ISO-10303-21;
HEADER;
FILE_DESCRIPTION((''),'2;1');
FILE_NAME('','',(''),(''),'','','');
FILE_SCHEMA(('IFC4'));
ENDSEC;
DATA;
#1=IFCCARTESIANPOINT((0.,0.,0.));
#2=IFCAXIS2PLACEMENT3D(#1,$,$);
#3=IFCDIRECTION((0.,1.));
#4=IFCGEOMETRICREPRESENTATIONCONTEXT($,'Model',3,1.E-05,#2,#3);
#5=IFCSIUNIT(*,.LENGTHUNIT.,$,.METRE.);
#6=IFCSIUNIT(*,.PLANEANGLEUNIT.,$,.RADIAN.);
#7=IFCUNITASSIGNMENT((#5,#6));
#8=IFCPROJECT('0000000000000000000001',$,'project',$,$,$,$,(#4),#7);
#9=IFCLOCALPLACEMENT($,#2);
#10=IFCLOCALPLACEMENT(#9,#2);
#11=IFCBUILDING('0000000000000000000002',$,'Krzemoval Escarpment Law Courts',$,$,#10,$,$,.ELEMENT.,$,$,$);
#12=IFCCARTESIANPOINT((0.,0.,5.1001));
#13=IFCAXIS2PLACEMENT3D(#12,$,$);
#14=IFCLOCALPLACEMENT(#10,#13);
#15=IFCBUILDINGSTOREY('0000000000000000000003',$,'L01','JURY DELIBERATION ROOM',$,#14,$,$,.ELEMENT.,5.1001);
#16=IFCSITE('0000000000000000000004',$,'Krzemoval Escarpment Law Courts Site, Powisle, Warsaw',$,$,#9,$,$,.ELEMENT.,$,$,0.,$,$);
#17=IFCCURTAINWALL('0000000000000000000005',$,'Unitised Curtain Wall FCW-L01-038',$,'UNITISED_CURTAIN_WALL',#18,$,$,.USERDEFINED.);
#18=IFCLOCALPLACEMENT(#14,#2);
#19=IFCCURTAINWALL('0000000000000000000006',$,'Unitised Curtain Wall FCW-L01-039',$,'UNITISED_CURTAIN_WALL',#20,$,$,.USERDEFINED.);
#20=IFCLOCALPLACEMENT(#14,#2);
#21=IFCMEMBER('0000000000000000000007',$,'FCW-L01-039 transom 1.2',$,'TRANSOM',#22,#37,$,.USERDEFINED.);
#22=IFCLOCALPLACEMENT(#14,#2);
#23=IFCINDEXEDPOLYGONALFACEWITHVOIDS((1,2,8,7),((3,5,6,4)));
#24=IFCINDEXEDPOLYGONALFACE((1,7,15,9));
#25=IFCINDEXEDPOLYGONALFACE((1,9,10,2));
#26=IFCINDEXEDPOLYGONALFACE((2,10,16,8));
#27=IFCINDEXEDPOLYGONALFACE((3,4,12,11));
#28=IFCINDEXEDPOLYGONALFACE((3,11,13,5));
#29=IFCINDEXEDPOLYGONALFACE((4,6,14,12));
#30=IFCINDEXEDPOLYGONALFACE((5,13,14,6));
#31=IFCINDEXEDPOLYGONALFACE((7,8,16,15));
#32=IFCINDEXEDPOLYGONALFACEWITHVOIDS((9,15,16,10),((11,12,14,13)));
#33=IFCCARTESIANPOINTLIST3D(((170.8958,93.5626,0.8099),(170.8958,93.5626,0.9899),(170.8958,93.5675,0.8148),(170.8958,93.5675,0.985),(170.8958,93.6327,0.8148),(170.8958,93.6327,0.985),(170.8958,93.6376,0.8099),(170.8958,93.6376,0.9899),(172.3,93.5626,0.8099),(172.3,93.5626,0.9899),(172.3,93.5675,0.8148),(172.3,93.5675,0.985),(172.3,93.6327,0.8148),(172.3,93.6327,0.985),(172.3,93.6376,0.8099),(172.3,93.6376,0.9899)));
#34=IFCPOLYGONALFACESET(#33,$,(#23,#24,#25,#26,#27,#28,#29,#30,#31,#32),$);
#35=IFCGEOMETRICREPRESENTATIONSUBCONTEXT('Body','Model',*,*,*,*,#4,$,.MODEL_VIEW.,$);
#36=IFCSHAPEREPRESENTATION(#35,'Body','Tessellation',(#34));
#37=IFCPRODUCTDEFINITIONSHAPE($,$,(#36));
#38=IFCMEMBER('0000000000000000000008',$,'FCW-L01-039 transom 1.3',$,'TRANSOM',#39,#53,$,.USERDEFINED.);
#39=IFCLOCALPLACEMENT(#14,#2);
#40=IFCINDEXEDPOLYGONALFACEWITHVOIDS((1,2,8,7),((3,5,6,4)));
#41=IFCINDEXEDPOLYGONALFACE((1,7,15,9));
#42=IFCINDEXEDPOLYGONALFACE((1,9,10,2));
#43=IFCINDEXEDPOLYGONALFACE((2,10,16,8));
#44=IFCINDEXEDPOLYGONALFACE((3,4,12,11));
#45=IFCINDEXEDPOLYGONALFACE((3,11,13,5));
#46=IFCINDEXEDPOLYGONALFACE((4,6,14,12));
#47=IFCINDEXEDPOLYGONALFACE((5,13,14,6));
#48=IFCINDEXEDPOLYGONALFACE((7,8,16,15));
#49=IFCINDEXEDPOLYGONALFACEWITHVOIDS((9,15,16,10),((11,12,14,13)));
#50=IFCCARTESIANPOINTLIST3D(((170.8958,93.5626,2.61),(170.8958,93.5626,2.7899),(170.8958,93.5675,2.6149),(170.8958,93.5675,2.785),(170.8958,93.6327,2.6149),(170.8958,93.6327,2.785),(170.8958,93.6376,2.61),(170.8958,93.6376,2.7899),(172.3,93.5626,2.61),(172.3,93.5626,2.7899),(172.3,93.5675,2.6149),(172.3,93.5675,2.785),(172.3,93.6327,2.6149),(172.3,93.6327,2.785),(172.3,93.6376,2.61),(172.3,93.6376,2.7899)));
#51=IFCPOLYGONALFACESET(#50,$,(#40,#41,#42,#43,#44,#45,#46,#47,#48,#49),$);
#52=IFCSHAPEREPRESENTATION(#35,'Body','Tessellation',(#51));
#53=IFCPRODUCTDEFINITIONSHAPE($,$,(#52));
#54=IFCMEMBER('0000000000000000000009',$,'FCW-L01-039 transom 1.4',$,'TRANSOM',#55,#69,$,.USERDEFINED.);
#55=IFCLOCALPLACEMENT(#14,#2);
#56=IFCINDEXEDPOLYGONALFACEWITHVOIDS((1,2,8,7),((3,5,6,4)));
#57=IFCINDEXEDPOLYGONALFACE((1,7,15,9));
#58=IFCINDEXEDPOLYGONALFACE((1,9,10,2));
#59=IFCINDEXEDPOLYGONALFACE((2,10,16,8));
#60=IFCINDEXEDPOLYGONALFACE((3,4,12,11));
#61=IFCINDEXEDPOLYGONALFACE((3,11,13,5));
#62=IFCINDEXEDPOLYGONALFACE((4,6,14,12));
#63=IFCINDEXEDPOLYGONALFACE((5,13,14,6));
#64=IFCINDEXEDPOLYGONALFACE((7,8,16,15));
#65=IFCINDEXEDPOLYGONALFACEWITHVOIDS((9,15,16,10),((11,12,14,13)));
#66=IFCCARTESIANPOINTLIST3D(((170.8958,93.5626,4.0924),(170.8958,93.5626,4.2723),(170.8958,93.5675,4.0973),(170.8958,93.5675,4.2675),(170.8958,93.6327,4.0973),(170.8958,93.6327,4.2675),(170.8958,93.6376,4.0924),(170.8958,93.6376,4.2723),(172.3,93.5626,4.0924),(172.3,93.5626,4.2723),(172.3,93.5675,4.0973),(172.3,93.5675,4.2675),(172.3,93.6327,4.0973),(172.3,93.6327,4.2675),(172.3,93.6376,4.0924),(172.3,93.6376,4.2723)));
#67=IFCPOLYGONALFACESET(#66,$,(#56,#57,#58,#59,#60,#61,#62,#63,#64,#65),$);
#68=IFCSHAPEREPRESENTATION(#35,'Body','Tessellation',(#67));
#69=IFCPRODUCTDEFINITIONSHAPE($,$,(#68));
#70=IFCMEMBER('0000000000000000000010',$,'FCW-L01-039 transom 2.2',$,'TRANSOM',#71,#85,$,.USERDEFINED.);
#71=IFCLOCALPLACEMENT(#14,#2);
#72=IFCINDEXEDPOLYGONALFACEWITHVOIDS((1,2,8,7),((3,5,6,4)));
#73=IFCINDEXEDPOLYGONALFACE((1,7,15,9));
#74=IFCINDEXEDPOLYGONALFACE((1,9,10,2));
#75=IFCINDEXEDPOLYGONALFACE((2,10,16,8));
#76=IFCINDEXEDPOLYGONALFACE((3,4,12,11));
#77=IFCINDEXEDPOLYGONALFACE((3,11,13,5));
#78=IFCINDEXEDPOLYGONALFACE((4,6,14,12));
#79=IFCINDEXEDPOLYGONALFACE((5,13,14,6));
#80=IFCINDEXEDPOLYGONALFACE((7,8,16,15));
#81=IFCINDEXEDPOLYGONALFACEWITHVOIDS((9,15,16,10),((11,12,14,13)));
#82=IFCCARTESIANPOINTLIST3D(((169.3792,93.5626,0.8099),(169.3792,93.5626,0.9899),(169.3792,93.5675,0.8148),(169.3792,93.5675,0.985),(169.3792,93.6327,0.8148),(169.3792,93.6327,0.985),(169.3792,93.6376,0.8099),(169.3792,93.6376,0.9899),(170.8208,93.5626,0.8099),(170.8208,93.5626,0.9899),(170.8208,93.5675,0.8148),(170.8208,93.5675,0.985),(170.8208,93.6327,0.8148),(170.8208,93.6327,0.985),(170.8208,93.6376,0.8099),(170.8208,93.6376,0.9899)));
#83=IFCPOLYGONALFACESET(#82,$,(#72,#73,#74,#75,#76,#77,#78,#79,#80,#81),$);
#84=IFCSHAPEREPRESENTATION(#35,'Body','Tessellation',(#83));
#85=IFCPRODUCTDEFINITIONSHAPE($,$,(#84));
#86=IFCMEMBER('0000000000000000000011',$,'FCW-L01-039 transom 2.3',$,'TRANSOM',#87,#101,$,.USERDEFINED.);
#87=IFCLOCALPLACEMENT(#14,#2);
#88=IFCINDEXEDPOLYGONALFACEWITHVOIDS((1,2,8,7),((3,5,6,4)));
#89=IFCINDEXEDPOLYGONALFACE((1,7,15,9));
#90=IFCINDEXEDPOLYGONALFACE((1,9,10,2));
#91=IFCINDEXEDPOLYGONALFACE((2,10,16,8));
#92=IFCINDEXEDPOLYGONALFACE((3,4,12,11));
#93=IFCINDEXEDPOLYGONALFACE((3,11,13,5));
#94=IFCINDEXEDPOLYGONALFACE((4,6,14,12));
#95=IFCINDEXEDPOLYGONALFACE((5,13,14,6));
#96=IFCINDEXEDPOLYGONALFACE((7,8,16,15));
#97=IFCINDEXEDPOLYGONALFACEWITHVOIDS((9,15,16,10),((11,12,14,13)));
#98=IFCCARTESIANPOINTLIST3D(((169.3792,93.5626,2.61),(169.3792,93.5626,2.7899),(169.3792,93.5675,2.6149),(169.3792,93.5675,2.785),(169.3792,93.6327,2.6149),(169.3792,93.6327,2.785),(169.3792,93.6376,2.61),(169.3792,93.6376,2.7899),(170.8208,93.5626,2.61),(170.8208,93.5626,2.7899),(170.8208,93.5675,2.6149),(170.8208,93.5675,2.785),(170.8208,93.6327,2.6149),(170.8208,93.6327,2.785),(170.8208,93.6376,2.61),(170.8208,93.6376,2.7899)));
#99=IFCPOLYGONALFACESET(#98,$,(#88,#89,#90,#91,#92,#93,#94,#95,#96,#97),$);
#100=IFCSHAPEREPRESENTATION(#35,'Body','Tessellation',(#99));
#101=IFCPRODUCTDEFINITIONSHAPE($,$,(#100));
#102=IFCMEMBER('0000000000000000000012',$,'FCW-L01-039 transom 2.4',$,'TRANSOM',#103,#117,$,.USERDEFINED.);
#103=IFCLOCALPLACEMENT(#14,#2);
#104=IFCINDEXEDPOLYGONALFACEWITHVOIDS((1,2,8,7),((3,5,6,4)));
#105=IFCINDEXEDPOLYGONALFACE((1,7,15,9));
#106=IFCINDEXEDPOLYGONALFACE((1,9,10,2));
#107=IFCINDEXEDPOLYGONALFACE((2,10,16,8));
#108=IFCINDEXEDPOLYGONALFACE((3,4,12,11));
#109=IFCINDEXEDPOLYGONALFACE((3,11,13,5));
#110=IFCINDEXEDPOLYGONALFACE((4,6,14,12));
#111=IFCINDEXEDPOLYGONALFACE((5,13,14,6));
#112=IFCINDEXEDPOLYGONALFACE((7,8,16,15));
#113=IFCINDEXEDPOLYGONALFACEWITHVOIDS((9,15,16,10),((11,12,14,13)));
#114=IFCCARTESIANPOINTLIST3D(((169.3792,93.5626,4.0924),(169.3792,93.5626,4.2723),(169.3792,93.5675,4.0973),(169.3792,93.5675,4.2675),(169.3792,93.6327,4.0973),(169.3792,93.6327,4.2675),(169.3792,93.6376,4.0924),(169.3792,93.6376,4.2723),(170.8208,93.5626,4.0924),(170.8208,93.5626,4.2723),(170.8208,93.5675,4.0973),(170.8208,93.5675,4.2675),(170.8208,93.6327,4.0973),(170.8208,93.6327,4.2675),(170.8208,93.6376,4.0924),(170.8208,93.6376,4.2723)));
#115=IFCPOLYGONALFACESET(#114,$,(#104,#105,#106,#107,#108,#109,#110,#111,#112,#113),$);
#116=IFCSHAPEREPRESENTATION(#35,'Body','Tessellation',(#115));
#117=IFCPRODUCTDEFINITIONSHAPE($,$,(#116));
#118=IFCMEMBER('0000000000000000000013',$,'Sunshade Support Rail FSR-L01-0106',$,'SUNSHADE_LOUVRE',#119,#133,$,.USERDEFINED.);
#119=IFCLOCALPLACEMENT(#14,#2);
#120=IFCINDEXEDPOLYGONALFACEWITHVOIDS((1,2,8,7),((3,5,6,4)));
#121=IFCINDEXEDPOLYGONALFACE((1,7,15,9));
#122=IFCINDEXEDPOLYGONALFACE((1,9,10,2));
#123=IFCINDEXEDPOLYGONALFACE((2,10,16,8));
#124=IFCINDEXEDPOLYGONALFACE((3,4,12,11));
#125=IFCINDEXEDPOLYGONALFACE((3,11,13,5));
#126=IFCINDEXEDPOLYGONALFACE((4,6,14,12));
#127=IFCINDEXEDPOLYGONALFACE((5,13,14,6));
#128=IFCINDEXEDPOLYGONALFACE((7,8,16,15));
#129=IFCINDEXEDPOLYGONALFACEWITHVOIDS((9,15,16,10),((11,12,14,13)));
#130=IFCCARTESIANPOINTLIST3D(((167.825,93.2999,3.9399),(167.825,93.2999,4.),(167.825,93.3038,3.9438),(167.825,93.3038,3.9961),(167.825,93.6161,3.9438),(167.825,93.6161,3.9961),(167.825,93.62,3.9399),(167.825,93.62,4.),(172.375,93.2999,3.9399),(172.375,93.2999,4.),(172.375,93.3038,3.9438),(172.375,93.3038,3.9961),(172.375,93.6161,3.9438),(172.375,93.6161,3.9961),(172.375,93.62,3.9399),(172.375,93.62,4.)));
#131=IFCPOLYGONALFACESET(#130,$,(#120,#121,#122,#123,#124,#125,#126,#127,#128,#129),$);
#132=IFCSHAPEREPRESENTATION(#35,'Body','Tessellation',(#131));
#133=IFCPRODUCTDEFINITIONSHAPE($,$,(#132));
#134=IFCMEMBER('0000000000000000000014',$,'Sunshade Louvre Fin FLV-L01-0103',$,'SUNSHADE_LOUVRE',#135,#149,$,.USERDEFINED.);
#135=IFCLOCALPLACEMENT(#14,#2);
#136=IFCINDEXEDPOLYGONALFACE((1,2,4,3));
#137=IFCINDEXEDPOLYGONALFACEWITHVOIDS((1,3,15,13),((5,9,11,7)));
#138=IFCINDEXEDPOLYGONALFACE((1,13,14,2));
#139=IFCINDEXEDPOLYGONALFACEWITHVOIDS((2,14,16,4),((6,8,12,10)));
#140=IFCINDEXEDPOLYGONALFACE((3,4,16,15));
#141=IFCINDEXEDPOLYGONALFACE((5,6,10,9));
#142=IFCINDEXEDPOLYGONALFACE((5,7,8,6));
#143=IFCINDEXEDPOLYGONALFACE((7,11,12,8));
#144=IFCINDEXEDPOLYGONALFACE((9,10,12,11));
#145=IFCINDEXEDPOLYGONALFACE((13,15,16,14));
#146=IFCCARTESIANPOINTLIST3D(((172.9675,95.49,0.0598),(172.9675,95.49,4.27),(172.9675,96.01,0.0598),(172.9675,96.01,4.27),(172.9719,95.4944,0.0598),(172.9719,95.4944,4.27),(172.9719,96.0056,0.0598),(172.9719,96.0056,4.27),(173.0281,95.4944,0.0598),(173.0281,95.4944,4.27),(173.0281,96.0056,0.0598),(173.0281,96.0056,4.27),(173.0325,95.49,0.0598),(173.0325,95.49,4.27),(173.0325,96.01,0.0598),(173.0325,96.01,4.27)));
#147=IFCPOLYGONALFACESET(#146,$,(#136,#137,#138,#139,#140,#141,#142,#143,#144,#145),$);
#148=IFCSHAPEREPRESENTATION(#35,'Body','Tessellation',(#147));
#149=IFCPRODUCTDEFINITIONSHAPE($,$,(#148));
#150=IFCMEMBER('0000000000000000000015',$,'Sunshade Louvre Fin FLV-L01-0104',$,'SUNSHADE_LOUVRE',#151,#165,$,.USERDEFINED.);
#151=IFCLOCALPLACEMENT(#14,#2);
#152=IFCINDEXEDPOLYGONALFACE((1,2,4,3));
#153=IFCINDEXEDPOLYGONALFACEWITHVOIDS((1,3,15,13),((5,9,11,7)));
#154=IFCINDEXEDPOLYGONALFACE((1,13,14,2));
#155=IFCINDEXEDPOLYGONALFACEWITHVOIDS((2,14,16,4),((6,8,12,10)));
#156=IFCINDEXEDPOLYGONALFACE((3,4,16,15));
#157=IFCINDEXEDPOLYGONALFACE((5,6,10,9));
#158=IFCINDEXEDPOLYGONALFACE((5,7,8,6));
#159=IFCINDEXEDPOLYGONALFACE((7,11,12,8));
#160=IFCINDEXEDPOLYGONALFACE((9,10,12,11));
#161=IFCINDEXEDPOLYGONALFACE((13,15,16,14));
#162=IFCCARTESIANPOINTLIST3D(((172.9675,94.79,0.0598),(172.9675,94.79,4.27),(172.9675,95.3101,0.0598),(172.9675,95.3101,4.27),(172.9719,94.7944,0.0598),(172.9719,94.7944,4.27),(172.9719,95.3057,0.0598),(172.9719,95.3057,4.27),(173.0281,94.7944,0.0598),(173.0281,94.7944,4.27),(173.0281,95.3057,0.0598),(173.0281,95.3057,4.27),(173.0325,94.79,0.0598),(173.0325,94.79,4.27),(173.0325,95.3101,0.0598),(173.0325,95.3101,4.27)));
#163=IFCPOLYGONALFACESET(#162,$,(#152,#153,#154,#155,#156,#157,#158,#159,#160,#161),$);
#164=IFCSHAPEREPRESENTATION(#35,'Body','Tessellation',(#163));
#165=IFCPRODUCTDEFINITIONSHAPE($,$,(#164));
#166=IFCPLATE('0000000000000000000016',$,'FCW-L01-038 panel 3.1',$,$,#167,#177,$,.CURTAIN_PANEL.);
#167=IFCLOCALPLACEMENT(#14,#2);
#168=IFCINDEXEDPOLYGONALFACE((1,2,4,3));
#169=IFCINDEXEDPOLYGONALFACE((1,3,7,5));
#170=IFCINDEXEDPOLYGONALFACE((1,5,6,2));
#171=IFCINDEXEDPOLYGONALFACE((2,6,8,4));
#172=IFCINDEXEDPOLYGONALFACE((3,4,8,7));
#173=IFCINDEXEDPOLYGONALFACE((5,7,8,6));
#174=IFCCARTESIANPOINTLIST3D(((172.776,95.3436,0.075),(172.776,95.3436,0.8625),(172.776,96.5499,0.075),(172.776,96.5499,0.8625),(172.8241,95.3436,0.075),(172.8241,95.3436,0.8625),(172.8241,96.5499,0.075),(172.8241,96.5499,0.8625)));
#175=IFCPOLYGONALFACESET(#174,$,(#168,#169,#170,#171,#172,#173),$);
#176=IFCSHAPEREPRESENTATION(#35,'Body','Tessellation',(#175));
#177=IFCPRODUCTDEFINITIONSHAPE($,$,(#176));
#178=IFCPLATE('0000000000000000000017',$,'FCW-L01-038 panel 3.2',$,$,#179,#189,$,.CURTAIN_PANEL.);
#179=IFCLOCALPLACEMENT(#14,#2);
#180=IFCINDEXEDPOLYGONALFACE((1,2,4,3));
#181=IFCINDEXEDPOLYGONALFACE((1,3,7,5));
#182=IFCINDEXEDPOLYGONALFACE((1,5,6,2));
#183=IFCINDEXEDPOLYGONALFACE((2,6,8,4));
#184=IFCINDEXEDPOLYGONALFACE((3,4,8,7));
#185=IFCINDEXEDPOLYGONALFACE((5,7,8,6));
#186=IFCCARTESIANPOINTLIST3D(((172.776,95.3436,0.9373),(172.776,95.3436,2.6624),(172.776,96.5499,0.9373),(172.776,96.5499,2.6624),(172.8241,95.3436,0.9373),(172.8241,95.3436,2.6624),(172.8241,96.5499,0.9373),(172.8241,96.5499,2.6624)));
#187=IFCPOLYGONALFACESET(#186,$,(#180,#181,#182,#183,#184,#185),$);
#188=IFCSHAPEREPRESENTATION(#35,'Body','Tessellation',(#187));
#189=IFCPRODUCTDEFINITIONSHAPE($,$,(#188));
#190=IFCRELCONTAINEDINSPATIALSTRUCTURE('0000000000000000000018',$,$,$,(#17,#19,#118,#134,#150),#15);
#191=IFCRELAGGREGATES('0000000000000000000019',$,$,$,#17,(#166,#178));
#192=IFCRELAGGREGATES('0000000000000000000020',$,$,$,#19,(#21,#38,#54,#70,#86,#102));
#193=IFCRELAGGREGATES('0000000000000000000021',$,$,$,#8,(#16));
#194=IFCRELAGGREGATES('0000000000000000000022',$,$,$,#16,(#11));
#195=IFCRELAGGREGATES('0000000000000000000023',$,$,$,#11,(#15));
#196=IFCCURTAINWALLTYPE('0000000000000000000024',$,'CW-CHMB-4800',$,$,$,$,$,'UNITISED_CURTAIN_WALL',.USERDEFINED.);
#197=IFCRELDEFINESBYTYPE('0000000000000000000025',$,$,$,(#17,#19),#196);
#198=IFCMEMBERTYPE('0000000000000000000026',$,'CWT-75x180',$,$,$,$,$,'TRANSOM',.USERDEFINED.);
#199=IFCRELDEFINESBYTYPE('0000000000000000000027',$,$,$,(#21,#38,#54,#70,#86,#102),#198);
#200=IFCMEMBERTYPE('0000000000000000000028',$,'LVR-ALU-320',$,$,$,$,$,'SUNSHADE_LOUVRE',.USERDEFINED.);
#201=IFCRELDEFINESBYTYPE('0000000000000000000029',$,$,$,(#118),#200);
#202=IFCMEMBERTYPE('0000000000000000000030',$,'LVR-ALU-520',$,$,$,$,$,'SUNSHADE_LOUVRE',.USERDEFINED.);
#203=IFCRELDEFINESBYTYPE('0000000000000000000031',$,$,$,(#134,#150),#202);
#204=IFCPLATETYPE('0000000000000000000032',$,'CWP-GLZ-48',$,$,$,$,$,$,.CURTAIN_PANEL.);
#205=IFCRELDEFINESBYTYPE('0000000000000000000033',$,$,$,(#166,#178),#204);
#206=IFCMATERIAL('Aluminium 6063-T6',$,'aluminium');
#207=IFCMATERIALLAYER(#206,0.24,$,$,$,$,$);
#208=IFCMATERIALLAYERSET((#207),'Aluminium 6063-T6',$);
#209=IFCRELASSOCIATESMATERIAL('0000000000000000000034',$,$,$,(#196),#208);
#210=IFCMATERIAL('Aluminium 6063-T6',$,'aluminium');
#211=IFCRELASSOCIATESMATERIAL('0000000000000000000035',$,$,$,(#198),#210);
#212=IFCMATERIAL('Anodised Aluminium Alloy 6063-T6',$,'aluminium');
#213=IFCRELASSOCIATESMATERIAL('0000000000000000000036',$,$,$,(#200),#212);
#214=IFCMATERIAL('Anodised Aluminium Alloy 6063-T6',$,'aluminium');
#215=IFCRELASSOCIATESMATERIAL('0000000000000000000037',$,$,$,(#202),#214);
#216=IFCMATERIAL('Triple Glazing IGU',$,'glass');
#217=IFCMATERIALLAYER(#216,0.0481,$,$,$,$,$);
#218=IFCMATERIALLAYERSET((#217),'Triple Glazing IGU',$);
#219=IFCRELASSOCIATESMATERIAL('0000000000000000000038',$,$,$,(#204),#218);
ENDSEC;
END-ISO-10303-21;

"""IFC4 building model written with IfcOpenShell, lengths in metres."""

from ifc_helpers import new_model, si_unit, direction, frame, origin, origin_2d, place, context, subcontext, project, spatial, rectangle, hollow_rectangle, extrude, material, layer, layer_set, material_profile, profile_set, type_object, element, aggregate, save


model = new_model("IFC4")

# Units and contexts
model_context = context("Model", 3, precision=1e-05, world=origin(), true_north=direction((0.0, 1.0)))
body_context = subcontext(model_context, "Body", "Model", "MODEL_VIEW")
ifc_project = project(units=[si_unit("LENGTHUNIT", "METRE"), si_unit("PLANEANGLEUNIT", "RADIAN")], contexts=[model_context])

# Site, building, storey
site_placement = place(None, origin())
site = spatial("IfcSite", under=ifc_project, at=site_placement, Name="Krzemoval Escarpment Law Courts Site, Powisle, Warsaw", CompositionType="ELEMENT", RefElevation=0.0)
building_placement = place(site_placement, origin())
building = spatial("IfcBuilding", under=site, at=building_placement, Name="Krzemoval Escarpment Law Courts", CompositionType="ELEMENT")
storey_placement = place(building_placement, frame((0.0, 0.0, 5.1001)))
storey = spatial("IfcBuildingStorey", under=building, at=storey_placement, Name="L01", Description="JURY DELIBERATION ROOM", CompositionType="ELEMENT", Elevation=5.1001)

# Curtain walls
ifc_material_1 = material(Name="Aluminium 6063-T6", Category="aluminium")
ifc_layer_1 = layer(ifc_material_1, 0.24)
ifc_layer_set_1 = layer_set([ifc_layer_1], Name="Aluminium 6063-T6")
curtain_wall_type = type_object("IfcCurtainWallType", Name="CW-CHMB-4800", ElementType="UNITISED_CURTAIN_WALL", PredefinedType="USERDEFINED", material=ifc_layer_set_1)
curtain_wall_1_placement = place(storey_placement, origin())
curtain_wall_1 = element("IfcCurtainWall", 1, at=curtain_wall_1_placement, inside=storey, type_object=curtain_wall_type, Name="Unitised Curtain Wall FCW-L01-038", ObjectType="UNITISED_CURTAIN_WALL", PredefinedType="USERDEFINED")
curtain_wall_2_placement = place(storey_placement, origin())
curtain_wall_2 = element("IfcCurtainWall", 2, at=curtain_wall_2_placement, inside=storey, type_object=curtain_wall_type, Name="Unitised Curtain Wall FCW-L01-039", ObjectType="UNITISED_CURTAIN_WALL", PredefinedType="USERDEFINED")

# Members
ifc_material_2 = material(Name="Aluminium 6063-T6", Category="aluminium")
ifc_material_profile_1 = material_profile(ifc_material_2, hollow_rectangle(XDim=0.075, YDim=0.1799, WallThickness=0.0049, at=origin_2d()), Name="ALU T75x180")
ifc_profile_set_1 = profile_set([ifc_material_profile_1], Name="Aluminium 6063-T6")
member_type_1 = type_object("IfcMemberType", Name="CWT-75x180", ElementType="TRANSOM", PredefinedType="USERDEFINED", material=ifc_profile_set_1)
member_1_placement = place(storey_placement, frame((172.3, 93.6001, 0.8999), z_axis=(-1.0, 0.0, 0.0), x_axis=(0.0, -1.0, 0.0)))
member_1 = element("IfcMember", 3, at=member_1_placement, type_object=member_type_1, Name="FCW-L01-039 transom 1.2", ObjectType="TRANSOM", PredefinedType="USERDEFINED", context=body_context, shape_type="SweptSolid", body=[
    extrude(hollow_rectangle(XDim=0.075, YDim=0.1799, WallThickness=0.0049, at=origin_2d()), origin(), (0.0, 0.0, 1.0), 1.4043),
])
member_2_placement = place(storey_placement, frame((172.3, 93.6001, 2.7), z_axis=(-1.0, 0.0, 0.0), x_axis=(0.0, -1.0, 0.0)))
member_2 = element("IfcMember", 4, at=member_2_placement, type_object=member_type_1, Name="FCW-L01-039 transom 1.3", ObjectType="TRANSOM", PredefinedType="USERDEFINED", context=body_context, shape_type="SweptSolid", body=[
    extrude(hollow_rectangle(XDim=0.075, YDim=0.1799, WallThickness=0.0049, at=origin_2d()), origin(), (0.0, 0.0, 1.0), 1.4043),
])
member_3_placement = place(storey_placement, frame((172.3, 93.6001, 4.1824), z_axis=(-1.0, 0.0, 0.0), x_axis=(0.0, -1.0, 0.0)))
member_3 = element("IfcMember", 5, at=member_3_placement, type_object=member_type_1, Name="FCW-L01-039 transom 1.4", ObjectType="TRANSOM", PredefinedType="USERDEFINED", context=body_context, shape_type="SweptSolid", body=[
    extrude(hollow_rectangle(XDim=0.075, YDim=0.1799, WallThickness=0.0049, at=origin_2d()), origin(), (0.0, 0.0, 1.0), 1.4043),
])
member_4_placement = place(storey_placement, frame((170.8208, 93.6001, 0.8999), z_axis=(-1.0, 0.0, 0.0), x_axis=(0.0, -1.0, 0.0)))
member_4 = element("IfcMember", 6, at=member_4_placement, type_object=member_type_1, Name="FCW-L01-039 transom 2.2", ObjectType="TRANSOM", PredefinedType="USERDEFINED", context=body_context, shape_type="SweptSolid", body=[
    extrude(hollow_rectangle(XDim=0.075, YDim=0.1799, WallThickness=0.0049, at=origin_2d()), origin(), (0.0, 0.0, 1.0), 1.4417),
])
member_5_placement = place(storey_placement, frame((170.8208, 93.6001, 2.7), z_axis=(-1.0, 0.0, 0.0), x_axis=(0.0, -1.0, 0.0)))
member_5 = element("IfcMember", 7, at=member_5_placement, type_object=member_type_1, Name="FCW-L01-039 transom 2.3", ObjectType="TRANSOM", PredefinedType="USERDEFINED", context=body_context, shape_type="SweptSolid", body=[
    extrude(hollow_rectangle(XDim=0.075, YDim=0.1799, WallThickness=0.0049, at=origin_2d()), origin(), (0.0, 0.0, 1.0), 1.4417),
])
member_6_placement = place(storey_placement, frame((170.8208, 93.6001, 4.1824), z_axis=(-1.0, 0.0, 0.0), x_axis=(0.0, -1.0, 0.0)))
member_6 = element("IfcMember", 8, at=member_6_placement, type_object=member_type_1, Name="FCW-L01-039 transom 2.4", ObjectType="TRANSOM", PredefinedType="USERDEFINED", context=body_context, shape_type="SweptSolid", body=[
    extrude(hollow_rectangle(XDim=0.075, YDim=0.1799, WallThickness=0.0049, at=origin_2d()), origin(), (0.0, 0.0, 1.0), 1.4417),
])

# Members
ifc_material_3 = material(Name="Anodised Aluminium Alloy 6063-T6", Category="aluminium")
ifc_material_profile_2 = material_profile(ifc_material_3, hollow_rectangle(XDim=0.0601, YDim=0.3201, WallThickness=0.0039, at=origin_2d()), Name="ALU LVR 60x320")
ifc_profile_set_2 = profile_set([ifc_material_profile_2], Name="Anodised Aluminium Alloy 6063-T6")
member_type_2 = type_object("IfcMemberType", Name="LVR-ALU-320", ElementType="SUNSHADE_LOUVRE", PredefinedType="USERDEFINED", material=ifc_profile_set_2)
member_7_placement = place(storey_placement, frame((172.375, 93.46, 3.97), z_axis=(-1.0, 0.0, 0.0), x_axis=(0.0, 0.0, 1.0)))
element("IfcMember", 9, at=member_7_placement, inside=storey, type_object=member_type_2, Name="Sunshade Support Rail FSR-L01-0106", ObjectType="SUNSHADE_LOUVRE", PredefinedType="USERDEFINED", context=body_context, shape_type="SweptSolid", body=[
    extrude(hollow_rectangle(XDim=0.0601, YDim=0.3201, WallThickness=0.0039, at=origin_2d()), origin(), (0.0, 0.0, 1.0), 4.55),
])
ifc_material_4 = material(Name="Anodised Aluminium Alloy 6063-T6", Category="aluminium")
ifc_material_profile_3 = material_profile(ifc_material_4, hollow_rectangle(XDim=0.0649, YDim=0.52, WallThickness=0.0044, at=origin_2d()), Name="ALU LVR 65x520")
ifc_profile_set_3 = profile_set([ifc_material_profile_3], Name="Anodised Aluminium Alloy 6063-T6")
member_type_3 = type_object("IfcMemberType", Name="LVR-ALU-520", ElementType="SUNSHADE_LOUVRE", PredefinedType="USERDEFINED", material=ifc_profile_set_3)
for number, where, z_axis, x_axis, name in (
    (10, (173.0, 95.75, 0.0598), (0.0, 0.0, 1.0), (1.0, 0.0, 0.0), "Sunshade Louvre Fin FLV-L01-0103"),
    (11, (173.0, 95.05, 0.0598), (0.0, 0.0, 1.0), (1.0, 0.0, 0.0), "Sunshade Louvre Fin FLV-L01-0104"),
):
    element("IfcMember", number, at=place(storey_placement, frame(where, z_axis=z_axis, x_axis=x_axis)), inside=storey, type_object=member_type_3, Name=name, ObjectType="SUNSHADE_LOUVRE", PredefinedType="USERDEFINED", context=body_context, shape_type="SweptSolid", body=[
        extrude(hollow_rectangle(XDim=0.0649, YDim=0.52, WallThickness=0.0044, at=origin_2d()), origin(), (0.0, 0.0, 1.0), 4.2102),
    ])

# Plates
ifc_material_5 = material(Name="Triple Glazing IGU", Category="glass")
ifc_layer_2 = layer(ifc_material_5, 0.0481)
ifc_layer_set_2 = layer_set([ifc_layer_2], Name="Triple Glazing IGU")
plate_type = type_object("IfcPlateType", Name="CWP-GLZ-48", PredefinedType="CURTAIN_PANEL", material=ifc_layer_set_2)
plate_1_placement = place(storey_placement, frame((172.8, 95.9468, 0.075), z_axis=(0.0, 0.0, 1.0), x_axis=(0.0, -1.0, 0.0)))
plate_1 = element("IfcPlate", 12, at=plate_1_placement, type_object=plate_type, Name="FCW-L01-038 panel 3.1", PredefinedType="CURTAIN_PANEL", context=body_context, shape_type="SweptSolid", body=[
    extrude(rectangle(XDim=1.2063, YDim=0.0481, at=origin_2d()), origin(), (0.0, 0.0, 1.0), 0.7876),
])
plate_2_placement = place(storey_placement, frame((172.8, 95.9468, 0.9373), z_axis=(0.0, 0.0, 1.0), x_axis=(0.0, -1.0, 0.0)))
plate_2 = element("IfcPlate", 13, at=plate_2_placement, type_object=plate_type, Name="FCW-L01-038 panel 3.2", PredefinedType="CURTAIN_PANEL", context=body_context, shape_type="SweptSolid", body=[
    extrude(rectangle(XDim=1.2063, YDim=0.0481, at=origin_2d()), origin(), (0.0, 0.0, 1.0), 1.7251),
])
aggregate(curtain_wall_1, [plate_1, plate_2])
aggregate(curtain_wall_2, [member_1, member_2, member_3, member_4, member_5, member_6])

save(model, "model.ifc")
